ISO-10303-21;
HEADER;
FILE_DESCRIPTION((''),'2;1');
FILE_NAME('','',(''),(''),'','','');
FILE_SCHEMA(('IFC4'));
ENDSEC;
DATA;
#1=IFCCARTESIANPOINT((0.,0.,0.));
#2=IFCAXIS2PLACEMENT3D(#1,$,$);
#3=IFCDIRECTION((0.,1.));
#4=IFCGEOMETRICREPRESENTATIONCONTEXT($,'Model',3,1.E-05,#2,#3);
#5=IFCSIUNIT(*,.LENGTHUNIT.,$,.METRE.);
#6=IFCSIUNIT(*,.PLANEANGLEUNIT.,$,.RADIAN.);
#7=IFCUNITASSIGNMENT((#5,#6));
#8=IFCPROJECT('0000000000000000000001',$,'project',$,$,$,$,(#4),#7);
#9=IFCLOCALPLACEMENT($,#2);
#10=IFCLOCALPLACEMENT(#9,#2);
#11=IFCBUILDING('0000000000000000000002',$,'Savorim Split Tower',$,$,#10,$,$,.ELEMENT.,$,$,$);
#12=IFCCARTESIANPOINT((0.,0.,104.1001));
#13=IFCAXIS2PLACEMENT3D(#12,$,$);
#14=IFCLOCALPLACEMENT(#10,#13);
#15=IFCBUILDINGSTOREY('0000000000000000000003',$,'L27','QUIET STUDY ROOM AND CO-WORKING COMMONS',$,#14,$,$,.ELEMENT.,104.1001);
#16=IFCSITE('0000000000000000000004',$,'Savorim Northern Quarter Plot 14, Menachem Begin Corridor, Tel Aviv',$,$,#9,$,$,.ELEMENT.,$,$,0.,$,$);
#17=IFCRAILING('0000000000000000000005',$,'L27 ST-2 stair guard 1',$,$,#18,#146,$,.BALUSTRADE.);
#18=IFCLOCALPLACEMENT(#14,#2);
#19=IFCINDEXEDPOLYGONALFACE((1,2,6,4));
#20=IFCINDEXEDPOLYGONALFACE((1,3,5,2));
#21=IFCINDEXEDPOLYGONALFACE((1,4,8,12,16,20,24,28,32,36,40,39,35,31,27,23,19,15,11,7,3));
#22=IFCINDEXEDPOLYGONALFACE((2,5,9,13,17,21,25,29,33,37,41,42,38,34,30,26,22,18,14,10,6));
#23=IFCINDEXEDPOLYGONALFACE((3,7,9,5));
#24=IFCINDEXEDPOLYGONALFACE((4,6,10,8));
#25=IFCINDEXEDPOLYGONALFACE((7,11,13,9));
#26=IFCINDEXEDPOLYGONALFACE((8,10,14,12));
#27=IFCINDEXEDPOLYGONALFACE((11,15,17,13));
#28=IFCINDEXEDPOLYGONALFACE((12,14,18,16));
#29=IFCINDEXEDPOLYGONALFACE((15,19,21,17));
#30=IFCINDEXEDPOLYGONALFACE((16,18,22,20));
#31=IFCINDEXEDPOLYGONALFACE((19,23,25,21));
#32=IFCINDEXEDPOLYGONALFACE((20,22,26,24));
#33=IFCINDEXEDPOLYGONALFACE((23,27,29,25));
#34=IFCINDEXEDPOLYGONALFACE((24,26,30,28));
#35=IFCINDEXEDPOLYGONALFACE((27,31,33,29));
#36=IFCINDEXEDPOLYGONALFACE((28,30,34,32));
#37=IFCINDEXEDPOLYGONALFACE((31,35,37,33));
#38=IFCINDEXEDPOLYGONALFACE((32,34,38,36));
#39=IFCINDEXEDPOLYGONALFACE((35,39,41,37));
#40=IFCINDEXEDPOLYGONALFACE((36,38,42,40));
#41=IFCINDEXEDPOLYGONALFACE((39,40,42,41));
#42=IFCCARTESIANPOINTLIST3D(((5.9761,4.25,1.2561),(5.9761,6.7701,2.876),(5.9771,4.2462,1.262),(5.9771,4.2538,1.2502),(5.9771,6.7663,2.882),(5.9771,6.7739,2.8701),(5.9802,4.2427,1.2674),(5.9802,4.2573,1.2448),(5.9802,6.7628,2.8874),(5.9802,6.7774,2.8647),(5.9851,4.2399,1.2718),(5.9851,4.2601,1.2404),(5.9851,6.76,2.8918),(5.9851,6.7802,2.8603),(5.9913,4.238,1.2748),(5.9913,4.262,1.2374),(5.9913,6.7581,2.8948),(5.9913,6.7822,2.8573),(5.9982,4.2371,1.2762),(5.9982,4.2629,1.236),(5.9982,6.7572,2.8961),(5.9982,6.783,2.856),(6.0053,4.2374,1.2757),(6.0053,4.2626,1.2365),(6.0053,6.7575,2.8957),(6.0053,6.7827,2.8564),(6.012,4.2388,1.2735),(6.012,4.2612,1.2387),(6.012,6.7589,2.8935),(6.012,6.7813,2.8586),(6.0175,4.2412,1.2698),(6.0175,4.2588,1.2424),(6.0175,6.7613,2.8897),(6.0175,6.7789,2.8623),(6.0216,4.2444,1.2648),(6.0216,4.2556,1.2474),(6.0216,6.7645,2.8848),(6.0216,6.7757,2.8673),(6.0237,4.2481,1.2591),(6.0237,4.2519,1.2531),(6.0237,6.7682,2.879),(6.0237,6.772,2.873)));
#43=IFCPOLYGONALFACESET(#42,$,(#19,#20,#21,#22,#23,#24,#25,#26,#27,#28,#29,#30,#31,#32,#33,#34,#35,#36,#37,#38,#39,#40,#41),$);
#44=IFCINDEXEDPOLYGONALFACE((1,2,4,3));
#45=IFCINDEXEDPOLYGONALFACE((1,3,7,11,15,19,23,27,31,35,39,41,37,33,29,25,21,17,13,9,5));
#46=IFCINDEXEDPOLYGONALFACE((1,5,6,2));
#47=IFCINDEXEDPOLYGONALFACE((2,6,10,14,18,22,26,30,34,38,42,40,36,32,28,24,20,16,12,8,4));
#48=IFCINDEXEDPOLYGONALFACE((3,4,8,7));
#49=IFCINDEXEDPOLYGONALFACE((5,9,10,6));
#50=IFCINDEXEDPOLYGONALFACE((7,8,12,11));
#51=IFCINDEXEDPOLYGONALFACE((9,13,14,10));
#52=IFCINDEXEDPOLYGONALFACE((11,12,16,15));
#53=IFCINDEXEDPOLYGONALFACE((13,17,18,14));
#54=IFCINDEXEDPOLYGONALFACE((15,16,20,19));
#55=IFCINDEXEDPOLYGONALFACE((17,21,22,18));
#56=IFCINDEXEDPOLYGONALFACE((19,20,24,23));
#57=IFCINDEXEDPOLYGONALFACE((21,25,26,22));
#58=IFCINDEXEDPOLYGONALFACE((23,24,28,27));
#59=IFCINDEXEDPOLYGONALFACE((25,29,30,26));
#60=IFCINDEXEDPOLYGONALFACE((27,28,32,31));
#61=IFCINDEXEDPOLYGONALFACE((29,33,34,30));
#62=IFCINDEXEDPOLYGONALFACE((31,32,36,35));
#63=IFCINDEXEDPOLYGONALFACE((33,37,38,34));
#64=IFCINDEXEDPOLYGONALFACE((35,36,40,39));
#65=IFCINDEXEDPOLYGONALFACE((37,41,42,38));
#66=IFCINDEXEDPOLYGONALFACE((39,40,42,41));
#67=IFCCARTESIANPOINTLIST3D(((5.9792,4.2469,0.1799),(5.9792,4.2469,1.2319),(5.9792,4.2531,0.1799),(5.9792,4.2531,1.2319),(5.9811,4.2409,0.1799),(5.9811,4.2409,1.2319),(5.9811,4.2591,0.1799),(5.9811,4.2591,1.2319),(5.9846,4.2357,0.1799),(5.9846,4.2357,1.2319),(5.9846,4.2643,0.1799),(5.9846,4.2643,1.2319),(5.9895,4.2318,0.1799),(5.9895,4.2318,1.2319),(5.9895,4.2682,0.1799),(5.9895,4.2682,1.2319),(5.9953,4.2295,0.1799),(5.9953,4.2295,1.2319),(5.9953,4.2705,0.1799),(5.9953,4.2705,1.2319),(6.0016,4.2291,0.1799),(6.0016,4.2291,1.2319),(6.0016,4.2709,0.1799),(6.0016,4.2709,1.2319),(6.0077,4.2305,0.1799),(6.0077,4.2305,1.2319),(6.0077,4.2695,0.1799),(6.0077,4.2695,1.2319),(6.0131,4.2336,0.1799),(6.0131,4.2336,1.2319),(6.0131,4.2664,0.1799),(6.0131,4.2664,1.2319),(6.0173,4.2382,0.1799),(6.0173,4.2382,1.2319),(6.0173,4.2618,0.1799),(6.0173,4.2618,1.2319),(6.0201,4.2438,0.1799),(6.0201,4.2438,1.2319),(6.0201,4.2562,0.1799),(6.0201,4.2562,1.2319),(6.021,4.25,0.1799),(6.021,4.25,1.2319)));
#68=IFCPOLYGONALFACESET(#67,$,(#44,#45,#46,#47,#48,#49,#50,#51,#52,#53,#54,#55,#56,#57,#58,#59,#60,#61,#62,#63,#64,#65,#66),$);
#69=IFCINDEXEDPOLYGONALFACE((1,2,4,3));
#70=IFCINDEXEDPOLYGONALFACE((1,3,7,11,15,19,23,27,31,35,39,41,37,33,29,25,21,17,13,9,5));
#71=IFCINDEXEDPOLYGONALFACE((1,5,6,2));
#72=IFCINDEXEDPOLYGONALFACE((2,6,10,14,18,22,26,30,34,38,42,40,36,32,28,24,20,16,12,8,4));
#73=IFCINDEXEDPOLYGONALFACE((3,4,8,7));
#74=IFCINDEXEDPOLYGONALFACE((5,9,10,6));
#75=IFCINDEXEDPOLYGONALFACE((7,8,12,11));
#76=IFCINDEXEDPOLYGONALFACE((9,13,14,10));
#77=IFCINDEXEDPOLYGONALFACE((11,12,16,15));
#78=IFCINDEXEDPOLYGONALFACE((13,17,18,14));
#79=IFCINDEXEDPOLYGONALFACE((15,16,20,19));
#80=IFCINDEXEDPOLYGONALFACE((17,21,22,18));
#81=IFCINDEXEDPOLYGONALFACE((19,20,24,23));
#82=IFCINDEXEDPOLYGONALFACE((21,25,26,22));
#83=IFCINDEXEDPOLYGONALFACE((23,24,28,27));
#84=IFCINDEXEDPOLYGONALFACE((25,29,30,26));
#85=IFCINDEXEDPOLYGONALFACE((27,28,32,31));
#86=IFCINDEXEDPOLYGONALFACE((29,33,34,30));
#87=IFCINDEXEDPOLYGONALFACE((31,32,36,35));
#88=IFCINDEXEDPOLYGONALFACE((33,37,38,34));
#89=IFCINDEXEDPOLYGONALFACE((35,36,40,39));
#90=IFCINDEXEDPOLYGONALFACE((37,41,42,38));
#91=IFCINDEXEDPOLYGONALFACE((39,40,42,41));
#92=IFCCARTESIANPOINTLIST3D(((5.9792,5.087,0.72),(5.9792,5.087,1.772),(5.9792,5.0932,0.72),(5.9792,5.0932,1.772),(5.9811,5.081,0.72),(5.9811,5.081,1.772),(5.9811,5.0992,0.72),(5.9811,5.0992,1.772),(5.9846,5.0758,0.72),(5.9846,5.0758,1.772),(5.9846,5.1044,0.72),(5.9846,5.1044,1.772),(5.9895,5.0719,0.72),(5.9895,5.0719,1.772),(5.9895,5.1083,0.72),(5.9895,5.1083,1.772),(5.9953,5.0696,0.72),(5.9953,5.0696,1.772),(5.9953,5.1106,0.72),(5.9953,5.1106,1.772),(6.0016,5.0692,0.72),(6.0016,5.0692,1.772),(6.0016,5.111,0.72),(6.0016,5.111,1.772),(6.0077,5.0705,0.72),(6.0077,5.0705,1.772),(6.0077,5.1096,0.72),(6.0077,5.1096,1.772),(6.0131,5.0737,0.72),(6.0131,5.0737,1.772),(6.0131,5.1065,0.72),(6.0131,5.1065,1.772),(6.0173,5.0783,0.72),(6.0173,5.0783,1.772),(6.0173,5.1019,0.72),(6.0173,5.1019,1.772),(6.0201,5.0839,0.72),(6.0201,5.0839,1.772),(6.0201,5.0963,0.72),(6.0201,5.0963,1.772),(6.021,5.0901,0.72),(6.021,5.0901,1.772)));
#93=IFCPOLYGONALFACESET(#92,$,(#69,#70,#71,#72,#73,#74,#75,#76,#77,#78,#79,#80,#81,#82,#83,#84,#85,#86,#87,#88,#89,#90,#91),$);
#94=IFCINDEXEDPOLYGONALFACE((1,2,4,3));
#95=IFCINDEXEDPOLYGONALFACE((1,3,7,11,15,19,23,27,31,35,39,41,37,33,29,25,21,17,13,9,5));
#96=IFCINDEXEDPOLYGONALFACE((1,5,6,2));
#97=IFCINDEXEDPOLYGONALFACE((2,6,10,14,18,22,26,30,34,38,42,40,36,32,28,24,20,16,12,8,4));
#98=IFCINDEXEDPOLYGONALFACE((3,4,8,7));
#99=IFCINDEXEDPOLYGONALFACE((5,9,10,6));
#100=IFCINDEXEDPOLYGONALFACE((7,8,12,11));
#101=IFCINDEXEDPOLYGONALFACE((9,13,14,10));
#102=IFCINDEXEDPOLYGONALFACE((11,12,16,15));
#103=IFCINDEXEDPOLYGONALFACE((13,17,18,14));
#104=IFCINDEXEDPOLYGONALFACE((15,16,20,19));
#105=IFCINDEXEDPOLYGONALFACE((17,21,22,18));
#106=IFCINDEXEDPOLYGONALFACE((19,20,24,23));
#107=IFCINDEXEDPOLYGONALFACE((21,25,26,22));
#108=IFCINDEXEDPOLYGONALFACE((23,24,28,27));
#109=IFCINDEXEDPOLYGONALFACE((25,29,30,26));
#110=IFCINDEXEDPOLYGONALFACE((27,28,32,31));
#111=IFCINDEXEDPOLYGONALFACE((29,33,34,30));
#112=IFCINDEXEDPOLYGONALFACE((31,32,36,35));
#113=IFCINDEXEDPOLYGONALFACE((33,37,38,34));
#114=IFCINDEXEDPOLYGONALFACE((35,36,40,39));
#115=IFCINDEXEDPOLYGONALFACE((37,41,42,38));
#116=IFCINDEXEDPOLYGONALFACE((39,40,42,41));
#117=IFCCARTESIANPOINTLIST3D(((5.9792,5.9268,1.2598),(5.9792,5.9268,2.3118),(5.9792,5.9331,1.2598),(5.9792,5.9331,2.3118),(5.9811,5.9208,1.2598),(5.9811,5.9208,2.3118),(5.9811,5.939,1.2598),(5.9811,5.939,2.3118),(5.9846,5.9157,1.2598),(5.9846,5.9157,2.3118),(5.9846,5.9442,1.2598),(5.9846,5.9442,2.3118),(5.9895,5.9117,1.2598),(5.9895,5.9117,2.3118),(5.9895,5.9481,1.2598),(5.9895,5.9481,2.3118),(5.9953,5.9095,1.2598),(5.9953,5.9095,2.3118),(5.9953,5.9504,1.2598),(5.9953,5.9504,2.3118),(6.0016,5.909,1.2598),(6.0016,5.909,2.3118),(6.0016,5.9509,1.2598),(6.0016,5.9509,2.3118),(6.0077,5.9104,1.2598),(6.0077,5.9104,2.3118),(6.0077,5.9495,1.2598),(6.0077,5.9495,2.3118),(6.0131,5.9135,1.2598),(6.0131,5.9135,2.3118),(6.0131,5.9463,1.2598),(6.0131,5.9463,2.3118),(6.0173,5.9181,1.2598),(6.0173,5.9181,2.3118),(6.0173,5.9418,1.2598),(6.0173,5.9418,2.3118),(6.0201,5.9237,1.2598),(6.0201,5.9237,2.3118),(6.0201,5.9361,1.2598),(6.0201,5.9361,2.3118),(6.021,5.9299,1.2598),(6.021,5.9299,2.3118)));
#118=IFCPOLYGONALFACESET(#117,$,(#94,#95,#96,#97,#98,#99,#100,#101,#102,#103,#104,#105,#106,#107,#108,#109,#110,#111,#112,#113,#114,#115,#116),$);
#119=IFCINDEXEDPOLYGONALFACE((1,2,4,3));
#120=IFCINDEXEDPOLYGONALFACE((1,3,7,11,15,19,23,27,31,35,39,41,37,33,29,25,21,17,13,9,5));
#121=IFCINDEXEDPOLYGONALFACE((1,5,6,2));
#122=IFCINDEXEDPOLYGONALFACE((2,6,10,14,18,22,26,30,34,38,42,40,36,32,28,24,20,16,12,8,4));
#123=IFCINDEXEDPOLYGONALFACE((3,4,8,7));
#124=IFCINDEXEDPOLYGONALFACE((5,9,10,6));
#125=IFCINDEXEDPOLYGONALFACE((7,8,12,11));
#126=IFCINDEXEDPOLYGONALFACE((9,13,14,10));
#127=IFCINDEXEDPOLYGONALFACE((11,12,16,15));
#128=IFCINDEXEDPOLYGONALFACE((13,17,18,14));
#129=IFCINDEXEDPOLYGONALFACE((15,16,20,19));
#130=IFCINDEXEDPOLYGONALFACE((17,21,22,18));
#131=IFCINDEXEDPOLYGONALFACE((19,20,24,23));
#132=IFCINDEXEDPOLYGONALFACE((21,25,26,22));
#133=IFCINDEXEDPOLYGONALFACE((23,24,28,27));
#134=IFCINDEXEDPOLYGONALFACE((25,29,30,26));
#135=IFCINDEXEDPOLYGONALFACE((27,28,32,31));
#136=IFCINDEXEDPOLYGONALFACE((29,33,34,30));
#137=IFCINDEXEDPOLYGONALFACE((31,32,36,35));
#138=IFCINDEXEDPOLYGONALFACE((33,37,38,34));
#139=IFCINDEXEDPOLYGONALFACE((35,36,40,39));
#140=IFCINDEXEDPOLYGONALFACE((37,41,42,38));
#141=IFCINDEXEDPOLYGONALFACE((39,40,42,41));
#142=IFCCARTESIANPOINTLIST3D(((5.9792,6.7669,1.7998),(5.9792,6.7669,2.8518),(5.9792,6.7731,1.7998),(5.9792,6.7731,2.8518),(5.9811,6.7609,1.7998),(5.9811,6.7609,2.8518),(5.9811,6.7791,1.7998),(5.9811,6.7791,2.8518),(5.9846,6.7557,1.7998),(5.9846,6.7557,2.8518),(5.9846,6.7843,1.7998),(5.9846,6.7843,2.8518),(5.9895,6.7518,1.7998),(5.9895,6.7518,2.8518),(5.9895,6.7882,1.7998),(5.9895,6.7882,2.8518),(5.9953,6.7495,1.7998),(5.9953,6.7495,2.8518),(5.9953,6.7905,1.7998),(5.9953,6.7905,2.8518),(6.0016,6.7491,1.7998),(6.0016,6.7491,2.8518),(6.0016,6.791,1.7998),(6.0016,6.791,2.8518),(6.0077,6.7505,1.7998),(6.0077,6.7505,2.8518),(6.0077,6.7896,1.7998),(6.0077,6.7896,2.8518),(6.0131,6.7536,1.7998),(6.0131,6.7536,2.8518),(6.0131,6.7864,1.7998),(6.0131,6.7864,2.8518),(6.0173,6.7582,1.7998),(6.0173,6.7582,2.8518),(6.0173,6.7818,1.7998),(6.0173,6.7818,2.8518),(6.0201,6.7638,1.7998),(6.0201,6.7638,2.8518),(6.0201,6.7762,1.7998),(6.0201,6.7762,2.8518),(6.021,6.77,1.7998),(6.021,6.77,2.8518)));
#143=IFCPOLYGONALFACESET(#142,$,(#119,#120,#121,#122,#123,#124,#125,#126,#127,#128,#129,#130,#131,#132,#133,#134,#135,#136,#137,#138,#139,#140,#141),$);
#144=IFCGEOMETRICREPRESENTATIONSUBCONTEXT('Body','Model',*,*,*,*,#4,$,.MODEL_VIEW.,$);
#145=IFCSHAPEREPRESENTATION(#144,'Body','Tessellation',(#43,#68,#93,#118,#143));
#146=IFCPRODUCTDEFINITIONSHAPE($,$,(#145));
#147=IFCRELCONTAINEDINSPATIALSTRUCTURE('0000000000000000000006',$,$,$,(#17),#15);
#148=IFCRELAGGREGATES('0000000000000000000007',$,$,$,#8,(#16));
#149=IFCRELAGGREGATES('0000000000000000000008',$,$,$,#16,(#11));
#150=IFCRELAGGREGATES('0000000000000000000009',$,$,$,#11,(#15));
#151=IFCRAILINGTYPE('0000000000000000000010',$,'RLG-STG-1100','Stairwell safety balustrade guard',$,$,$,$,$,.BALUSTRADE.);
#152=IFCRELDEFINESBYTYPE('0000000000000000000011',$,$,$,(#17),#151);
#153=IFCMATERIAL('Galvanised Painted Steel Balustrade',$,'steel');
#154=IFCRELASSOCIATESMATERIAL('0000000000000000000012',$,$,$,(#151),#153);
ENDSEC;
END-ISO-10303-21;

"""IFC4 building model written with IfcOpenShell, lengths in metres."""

from ifc_helpers import new_model, si_unit, direction, frame, origin, origin_2d, place, context, subcontext, project, spatial, circle, extrude, material, type_object, element, save


model = new_model("IFC4")

# Units and contexts
model_context = context("Model", 3, precision=1e-05, world=origin(), true_north=direction((0.0, 1.0)))
body_context = subcontext(model_context, "Body", "Model", "MODEL_VIEW")
ifc_project = project(units=[si_unit("LENGTHUNIT", "METRE"), si_unit("PLANEANGLEUNIT", "RADIAN")], contexts=[model_context])

# Site, building, storey
site_placement = place(None, origin())
site = spatial("IfcSite", under=ifc_project, at=site_placement, Name="Savorim Northern Quarter Plot 14, Menachem Begin Corridor, Tel Aviv", CompositionType="ELEMENT", RefElevation=0.0)
building_placement = place(site_placement, origin())
building = spatial("IfcBuilding", under=site, at=building_placement, Name="Savorim Split Tower", CompositionType="ELEMENT")
storey_placement = place(building_placement, frame((0.0, 0.0, 104.1001)))
storey = spatial("IfcBuildingStorey", under=building, at=storey_placement, Name="L27", Description="QUIET STUDY ROOM AND CO-WORKING COMMONS", CompositionType="ELEMENT", Elevation=104.1001)

# Railing
ifc_material_1 = material(Name="Galvanised Painted Steel Balustrade", Category="steel")
railing_type_1 = type_object("IfcRailingType", Name="RLG-STG-1100", Description="Stairwell safety balustrade guard", PredefinedType="BALUSTRADE", material=ifc_material_1)
railing_1_placement = place(storey_placement, frame((6.0, 4.25, 0.1799)))
element("IfcRailing", 1, at=railing_1_placement, inside=storey, type_object=railing_type_1, Name="L27 ST-2 stair guard 1", PredefinedType="BALUSTRADE", context=body_context, shape_type="SweptSolid", body=[
    extrude(circle(Radius=0.0239, at=origin_2d()), frame((0.0, 0.0, 1.0762), z_axis=(0.0, 0.8412, 0.540725), x_axis=(-1.0, 0.0, 0.0)), (0.0, 0.0, 1.0), 2.9958),
    extrude(circle(Radius=0.021, at=origin_2d()), origin(), (0.0, 0.0, 1.0), 1.052),
    extrude(circle(Radius=0.021, at=origin_2d()), frame((0.0, 0.8401, 0.54)), (0.0, 0.0, 1.0), 1.052),
    extrude(circle(Radius=0.021, at=origin_2d()), frame((0.0, 1.6799, 1.0798)), (0.0, 0.0, 1.0), 1.052),
    extrude(circle(Radius=0.021, at=origin_2d()), frame((0.0, 2.52, 1.6199)), (0.0, 0.0, 1.0), 1.052),
])

save(model, "model.ifc")
